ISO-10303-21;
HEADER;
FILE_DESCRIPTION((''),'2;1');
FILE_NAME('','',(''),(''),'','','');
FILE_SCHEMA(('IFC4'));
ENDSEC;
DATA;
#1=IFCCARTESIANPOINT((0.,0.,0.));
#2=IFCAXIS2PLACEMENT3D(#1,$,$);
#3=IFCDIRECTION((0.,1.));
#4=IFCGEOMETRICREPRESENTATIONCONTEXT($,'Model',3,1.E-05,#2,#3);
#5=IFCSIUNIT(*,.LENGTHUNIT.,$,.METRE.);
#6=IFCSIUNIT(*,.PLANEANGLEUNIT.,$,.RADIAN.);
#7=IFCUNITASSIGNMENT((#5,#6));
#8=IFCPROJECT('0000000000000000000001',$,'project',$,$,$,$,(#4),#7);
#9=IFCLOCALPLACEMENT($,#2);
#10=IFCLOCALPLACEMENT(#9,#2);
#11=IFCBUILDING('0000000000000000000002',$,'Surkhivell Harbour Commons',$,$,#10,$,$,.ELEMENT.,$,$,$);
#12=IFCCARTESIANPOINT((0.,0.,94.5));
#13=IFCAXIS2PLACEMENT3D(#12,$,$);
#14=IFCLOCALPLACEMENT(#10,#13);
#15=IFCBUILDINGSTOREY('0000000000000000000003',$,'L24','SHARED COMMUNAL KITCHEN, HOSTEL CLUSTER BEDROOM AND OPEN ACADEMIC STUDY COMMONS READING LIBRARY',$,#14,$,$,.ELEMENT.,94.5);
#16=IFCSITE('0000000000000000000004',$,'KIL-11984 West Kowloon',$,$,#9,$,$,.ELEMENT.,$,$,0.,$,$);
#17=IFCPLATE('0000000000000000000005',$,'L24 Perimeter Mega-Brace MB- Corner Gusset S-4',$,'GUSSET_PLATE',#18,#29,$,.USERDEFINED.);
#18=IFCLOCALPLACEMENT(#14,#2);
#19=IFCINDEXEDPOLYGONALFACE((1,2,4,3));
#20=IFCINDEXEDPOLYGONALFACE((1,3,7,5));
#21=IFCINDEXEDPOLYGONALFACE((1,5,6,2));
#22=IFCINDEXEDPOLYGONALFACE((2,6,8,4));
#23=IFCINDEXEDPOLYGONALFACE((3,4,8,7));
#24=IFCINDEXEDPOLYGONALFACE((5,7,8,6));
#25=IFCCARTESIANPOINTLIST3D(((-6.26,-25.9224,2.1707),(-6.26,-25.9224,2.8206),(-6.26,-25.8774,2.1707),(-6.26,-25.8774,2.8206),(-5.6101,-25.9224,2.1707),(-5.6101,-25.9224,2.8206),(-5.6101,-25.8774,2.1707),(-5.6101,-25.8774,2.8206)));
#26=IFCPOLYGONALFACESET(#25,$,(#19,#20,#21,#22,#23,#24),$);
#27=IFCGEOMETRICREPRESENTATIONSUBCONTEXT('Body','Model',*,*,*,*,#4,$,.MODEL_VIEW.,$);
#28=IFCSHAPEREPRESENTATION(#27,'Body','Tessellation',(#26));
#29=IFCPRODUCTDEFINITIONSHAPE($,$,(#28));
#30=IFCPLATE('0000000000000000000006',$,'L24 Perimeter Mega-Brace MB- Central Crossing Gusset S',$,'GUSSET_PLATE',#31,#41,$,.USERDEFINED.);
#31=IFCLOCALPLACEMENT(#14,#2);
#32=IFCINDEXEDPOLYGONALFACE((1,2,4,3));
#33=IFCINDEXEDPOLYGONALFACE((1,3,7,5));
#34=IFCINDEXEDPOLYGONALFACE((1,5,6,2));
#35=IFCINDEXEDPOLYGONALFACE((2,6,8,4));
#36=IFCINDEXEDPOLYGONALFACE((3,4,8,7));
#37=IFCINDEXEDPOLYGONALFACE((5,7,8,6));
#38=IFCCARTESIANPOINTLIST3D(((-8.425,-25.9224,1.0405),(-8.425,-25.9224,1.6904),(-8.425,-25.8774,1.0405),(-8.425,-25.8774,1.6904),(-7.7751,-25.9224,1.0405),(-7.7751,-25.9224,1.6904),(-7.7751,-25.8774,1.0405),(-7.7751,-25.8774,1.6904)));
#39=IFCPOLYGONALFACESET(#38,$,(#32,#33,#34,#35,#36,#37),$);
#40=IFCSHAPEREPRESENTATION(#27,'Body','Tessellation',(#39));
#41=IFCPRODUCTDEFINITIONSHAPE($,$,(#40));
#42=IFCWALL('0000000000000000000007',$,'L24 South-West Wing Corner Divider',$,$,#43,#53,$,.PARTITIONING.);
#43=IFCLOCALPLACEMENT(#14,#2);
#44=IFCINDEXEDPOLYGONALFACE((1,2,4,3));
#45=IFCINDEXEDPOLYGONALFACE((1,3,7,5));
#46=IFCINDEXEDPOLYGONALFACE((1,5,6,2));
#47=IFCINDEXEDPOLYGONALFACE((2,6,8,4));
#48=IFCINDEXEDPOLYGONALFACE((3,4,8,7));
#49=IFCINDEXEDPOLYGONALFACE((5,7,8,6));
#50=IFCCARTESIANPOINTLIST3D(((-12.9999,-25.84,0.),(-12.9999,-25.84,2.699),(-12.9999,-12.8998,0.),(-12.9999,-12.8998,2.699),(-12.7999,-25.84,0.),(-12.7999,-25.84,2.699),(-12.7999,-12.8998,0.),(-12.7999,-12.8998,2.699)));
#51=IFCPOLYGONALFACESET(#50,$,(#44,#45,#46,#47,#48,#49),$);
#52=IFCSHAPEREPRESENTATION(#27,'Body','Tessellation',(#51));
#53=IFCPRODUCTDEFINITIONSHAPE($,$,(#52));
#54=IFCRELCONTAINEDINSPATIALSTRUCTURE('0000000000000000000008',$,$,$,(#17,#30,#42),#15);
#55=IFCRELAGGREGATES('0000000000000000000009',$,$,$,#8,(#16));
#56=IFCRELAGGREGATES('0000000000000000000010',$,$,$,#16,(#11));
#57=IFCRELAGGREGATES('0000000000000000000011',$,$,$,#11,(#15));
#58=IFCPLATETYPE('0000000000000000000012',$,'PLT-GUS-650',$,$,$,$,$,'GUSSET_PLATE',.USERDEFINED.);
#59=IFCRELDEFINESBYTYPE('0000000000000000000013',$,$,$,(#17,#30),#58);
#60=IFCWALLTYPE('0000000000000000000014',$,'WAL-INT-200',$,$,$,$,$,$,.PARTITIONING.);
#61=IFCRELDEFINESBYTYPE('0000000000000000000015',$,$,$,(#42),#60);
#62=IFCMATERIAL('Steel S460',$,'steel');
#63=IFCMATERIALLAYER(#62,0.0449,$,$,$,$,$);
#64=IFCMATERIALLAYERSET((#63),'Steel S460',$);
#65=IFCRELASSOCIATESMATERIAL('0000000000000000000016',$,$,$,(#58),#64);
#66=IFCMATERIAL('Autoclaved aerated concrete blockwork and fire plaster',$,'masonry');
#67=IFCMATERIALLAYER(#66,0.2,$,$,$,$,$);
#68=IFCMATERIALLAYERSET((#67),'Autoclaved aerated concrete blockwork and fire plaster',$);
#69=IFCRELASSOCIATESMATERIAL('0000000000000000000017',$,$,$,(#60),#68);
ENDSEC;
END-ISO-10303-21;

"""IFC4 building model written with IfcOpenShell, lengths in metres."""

from ifc_helpers import new_model, si_unit, direction, frame, frame_2d, origin, origin_2d, place, context, subcontext, project, spatial, rectangle, extrude, material, layer, layer_set, type_object, element, save


model = new_model("IFC4")

# Units and contexts
model_context = context("Model", 3, precision=1e-05, world=origin(), true_north=direction((0.0, 1.0)))
body_context = subcontext(model_context, "Body", "Model", "MODEL_VIEW")
ifc_project = project(units=[si_unit("LENGTHUNIT", "METRE"), si_unit("PLANEANGLEUNIT", "RADIAN")], contexts=[model_context])

# Site, building, storey
site_placement = place(None, origin())
site = spatial("IfcSite", under=ifc_project, at=site_placement, Name="KIL-11984 West Kowloon", CompositionType="ELEMENT", RefElevation=0.0)
building_placement = place(site_placement, origin())
building = spatial("IfcBuilding", under=site, at=building_placement, Name="Surkhivell Harbour Commons", CompositionType="ELEMENT")
storey_placement = place(building_placement, frame((0.0, 0.0, 94.5)))
storey = spatial("IfcBuildingStorey", under=building, at=storey_placement, Name="L24", Description="SHARED COMMUNAL KITCHEN, HOSTEL CLUSTER BEDROOM AND OPEN ACADEMIC STUDY COMMONS READING LIBRARY", CompositionType="ELEMENT", Elevation=94.5)

# Shared definitions
ifc_material_1 = material(Name="Steel S460", Category="steel")

# Plates
ifc_layer_1 = layer(ifc_material_1, 0.0449)
ifc_layer_set_1 = layer_set([ifc_layer_1], Name="Steel S460")
plate_type_1 = type_object("IfcPlateType", Name="PLT-GUS-650", ElementType="GUSSET_PLATE", PredefinedType="USERDEFINED", material=ifc_layer_set_1)
for number, where, z_axis, x_axis, name in (
    (1, (-5.9351, -25.8999, 2.1707), (0.0, 0.0, 1.0), (1.0, 0.0, 0.0), "L24 Perimeter Mega-Brace MB- Corner Gusset S-4"),
    (2, (-8.1001, -25.8999, 1.0405), (0.0, 0.0, 1.0), (1.0, 0.0, 0.0), "L24 Perimeter Mega-Brace MB- Central Crossing Gusset S"),
):
    element("IfcPlate", number, at=place(storey_placement, frame(where, z_axis=z_axis, x_axis=x_axis)), inside=storey, type_object=plate_type_1, Name=name, ObjectType="GUSSET_PLATE", PredefinedType="USERDEFINED", context=body_context, shape_type="SweptSolid", body=[
        extrude(rectangle(XDim=0.6499, YDim=0.0449, at=origin_2d()), origin(), (0.0, 0.0, 1.0), 0.6499),
    ])

# Wall
ifc_material_2 = material(Name="Autoclaved aerated concrete blockwork and fire plaster", Category="masonry")
ifc_layer_2 = layer(ifc_material_2, 0.2)
ifc_layer_set_2 = layer_set([ifc_layer_2], Name="Autoclaved aerated concrete blockwork and fire plaster")
wall_type = type_object("IfcWallType", Name="WAL-INT-200", PredefinedType="PARTITIONING", material=ifc_layer_set_2)
wall_placement = place(storey_placement, frame((-12.8999, -25.8401, 0.0), z_axis=(0.0, 0.0, 1.0), x_axis=(0.0, 1.0, 0.0)))
element("IfcWall", 3, at=wall_placement, inside=storey, type_object=wall_type, Name="L24 South-West Wing Corner Divider", PredefinedType="PARTITIONING", context=body_context, shape_type="SweptSolid", body=[
    extrude(rectangle(XDim=12.9402, YDim=0.2, at=frame_2d((6.4702, 0.0))), origin(), (0.0, 0.0, 1.0), 2.699),
])

save(model, "model.ifc")
